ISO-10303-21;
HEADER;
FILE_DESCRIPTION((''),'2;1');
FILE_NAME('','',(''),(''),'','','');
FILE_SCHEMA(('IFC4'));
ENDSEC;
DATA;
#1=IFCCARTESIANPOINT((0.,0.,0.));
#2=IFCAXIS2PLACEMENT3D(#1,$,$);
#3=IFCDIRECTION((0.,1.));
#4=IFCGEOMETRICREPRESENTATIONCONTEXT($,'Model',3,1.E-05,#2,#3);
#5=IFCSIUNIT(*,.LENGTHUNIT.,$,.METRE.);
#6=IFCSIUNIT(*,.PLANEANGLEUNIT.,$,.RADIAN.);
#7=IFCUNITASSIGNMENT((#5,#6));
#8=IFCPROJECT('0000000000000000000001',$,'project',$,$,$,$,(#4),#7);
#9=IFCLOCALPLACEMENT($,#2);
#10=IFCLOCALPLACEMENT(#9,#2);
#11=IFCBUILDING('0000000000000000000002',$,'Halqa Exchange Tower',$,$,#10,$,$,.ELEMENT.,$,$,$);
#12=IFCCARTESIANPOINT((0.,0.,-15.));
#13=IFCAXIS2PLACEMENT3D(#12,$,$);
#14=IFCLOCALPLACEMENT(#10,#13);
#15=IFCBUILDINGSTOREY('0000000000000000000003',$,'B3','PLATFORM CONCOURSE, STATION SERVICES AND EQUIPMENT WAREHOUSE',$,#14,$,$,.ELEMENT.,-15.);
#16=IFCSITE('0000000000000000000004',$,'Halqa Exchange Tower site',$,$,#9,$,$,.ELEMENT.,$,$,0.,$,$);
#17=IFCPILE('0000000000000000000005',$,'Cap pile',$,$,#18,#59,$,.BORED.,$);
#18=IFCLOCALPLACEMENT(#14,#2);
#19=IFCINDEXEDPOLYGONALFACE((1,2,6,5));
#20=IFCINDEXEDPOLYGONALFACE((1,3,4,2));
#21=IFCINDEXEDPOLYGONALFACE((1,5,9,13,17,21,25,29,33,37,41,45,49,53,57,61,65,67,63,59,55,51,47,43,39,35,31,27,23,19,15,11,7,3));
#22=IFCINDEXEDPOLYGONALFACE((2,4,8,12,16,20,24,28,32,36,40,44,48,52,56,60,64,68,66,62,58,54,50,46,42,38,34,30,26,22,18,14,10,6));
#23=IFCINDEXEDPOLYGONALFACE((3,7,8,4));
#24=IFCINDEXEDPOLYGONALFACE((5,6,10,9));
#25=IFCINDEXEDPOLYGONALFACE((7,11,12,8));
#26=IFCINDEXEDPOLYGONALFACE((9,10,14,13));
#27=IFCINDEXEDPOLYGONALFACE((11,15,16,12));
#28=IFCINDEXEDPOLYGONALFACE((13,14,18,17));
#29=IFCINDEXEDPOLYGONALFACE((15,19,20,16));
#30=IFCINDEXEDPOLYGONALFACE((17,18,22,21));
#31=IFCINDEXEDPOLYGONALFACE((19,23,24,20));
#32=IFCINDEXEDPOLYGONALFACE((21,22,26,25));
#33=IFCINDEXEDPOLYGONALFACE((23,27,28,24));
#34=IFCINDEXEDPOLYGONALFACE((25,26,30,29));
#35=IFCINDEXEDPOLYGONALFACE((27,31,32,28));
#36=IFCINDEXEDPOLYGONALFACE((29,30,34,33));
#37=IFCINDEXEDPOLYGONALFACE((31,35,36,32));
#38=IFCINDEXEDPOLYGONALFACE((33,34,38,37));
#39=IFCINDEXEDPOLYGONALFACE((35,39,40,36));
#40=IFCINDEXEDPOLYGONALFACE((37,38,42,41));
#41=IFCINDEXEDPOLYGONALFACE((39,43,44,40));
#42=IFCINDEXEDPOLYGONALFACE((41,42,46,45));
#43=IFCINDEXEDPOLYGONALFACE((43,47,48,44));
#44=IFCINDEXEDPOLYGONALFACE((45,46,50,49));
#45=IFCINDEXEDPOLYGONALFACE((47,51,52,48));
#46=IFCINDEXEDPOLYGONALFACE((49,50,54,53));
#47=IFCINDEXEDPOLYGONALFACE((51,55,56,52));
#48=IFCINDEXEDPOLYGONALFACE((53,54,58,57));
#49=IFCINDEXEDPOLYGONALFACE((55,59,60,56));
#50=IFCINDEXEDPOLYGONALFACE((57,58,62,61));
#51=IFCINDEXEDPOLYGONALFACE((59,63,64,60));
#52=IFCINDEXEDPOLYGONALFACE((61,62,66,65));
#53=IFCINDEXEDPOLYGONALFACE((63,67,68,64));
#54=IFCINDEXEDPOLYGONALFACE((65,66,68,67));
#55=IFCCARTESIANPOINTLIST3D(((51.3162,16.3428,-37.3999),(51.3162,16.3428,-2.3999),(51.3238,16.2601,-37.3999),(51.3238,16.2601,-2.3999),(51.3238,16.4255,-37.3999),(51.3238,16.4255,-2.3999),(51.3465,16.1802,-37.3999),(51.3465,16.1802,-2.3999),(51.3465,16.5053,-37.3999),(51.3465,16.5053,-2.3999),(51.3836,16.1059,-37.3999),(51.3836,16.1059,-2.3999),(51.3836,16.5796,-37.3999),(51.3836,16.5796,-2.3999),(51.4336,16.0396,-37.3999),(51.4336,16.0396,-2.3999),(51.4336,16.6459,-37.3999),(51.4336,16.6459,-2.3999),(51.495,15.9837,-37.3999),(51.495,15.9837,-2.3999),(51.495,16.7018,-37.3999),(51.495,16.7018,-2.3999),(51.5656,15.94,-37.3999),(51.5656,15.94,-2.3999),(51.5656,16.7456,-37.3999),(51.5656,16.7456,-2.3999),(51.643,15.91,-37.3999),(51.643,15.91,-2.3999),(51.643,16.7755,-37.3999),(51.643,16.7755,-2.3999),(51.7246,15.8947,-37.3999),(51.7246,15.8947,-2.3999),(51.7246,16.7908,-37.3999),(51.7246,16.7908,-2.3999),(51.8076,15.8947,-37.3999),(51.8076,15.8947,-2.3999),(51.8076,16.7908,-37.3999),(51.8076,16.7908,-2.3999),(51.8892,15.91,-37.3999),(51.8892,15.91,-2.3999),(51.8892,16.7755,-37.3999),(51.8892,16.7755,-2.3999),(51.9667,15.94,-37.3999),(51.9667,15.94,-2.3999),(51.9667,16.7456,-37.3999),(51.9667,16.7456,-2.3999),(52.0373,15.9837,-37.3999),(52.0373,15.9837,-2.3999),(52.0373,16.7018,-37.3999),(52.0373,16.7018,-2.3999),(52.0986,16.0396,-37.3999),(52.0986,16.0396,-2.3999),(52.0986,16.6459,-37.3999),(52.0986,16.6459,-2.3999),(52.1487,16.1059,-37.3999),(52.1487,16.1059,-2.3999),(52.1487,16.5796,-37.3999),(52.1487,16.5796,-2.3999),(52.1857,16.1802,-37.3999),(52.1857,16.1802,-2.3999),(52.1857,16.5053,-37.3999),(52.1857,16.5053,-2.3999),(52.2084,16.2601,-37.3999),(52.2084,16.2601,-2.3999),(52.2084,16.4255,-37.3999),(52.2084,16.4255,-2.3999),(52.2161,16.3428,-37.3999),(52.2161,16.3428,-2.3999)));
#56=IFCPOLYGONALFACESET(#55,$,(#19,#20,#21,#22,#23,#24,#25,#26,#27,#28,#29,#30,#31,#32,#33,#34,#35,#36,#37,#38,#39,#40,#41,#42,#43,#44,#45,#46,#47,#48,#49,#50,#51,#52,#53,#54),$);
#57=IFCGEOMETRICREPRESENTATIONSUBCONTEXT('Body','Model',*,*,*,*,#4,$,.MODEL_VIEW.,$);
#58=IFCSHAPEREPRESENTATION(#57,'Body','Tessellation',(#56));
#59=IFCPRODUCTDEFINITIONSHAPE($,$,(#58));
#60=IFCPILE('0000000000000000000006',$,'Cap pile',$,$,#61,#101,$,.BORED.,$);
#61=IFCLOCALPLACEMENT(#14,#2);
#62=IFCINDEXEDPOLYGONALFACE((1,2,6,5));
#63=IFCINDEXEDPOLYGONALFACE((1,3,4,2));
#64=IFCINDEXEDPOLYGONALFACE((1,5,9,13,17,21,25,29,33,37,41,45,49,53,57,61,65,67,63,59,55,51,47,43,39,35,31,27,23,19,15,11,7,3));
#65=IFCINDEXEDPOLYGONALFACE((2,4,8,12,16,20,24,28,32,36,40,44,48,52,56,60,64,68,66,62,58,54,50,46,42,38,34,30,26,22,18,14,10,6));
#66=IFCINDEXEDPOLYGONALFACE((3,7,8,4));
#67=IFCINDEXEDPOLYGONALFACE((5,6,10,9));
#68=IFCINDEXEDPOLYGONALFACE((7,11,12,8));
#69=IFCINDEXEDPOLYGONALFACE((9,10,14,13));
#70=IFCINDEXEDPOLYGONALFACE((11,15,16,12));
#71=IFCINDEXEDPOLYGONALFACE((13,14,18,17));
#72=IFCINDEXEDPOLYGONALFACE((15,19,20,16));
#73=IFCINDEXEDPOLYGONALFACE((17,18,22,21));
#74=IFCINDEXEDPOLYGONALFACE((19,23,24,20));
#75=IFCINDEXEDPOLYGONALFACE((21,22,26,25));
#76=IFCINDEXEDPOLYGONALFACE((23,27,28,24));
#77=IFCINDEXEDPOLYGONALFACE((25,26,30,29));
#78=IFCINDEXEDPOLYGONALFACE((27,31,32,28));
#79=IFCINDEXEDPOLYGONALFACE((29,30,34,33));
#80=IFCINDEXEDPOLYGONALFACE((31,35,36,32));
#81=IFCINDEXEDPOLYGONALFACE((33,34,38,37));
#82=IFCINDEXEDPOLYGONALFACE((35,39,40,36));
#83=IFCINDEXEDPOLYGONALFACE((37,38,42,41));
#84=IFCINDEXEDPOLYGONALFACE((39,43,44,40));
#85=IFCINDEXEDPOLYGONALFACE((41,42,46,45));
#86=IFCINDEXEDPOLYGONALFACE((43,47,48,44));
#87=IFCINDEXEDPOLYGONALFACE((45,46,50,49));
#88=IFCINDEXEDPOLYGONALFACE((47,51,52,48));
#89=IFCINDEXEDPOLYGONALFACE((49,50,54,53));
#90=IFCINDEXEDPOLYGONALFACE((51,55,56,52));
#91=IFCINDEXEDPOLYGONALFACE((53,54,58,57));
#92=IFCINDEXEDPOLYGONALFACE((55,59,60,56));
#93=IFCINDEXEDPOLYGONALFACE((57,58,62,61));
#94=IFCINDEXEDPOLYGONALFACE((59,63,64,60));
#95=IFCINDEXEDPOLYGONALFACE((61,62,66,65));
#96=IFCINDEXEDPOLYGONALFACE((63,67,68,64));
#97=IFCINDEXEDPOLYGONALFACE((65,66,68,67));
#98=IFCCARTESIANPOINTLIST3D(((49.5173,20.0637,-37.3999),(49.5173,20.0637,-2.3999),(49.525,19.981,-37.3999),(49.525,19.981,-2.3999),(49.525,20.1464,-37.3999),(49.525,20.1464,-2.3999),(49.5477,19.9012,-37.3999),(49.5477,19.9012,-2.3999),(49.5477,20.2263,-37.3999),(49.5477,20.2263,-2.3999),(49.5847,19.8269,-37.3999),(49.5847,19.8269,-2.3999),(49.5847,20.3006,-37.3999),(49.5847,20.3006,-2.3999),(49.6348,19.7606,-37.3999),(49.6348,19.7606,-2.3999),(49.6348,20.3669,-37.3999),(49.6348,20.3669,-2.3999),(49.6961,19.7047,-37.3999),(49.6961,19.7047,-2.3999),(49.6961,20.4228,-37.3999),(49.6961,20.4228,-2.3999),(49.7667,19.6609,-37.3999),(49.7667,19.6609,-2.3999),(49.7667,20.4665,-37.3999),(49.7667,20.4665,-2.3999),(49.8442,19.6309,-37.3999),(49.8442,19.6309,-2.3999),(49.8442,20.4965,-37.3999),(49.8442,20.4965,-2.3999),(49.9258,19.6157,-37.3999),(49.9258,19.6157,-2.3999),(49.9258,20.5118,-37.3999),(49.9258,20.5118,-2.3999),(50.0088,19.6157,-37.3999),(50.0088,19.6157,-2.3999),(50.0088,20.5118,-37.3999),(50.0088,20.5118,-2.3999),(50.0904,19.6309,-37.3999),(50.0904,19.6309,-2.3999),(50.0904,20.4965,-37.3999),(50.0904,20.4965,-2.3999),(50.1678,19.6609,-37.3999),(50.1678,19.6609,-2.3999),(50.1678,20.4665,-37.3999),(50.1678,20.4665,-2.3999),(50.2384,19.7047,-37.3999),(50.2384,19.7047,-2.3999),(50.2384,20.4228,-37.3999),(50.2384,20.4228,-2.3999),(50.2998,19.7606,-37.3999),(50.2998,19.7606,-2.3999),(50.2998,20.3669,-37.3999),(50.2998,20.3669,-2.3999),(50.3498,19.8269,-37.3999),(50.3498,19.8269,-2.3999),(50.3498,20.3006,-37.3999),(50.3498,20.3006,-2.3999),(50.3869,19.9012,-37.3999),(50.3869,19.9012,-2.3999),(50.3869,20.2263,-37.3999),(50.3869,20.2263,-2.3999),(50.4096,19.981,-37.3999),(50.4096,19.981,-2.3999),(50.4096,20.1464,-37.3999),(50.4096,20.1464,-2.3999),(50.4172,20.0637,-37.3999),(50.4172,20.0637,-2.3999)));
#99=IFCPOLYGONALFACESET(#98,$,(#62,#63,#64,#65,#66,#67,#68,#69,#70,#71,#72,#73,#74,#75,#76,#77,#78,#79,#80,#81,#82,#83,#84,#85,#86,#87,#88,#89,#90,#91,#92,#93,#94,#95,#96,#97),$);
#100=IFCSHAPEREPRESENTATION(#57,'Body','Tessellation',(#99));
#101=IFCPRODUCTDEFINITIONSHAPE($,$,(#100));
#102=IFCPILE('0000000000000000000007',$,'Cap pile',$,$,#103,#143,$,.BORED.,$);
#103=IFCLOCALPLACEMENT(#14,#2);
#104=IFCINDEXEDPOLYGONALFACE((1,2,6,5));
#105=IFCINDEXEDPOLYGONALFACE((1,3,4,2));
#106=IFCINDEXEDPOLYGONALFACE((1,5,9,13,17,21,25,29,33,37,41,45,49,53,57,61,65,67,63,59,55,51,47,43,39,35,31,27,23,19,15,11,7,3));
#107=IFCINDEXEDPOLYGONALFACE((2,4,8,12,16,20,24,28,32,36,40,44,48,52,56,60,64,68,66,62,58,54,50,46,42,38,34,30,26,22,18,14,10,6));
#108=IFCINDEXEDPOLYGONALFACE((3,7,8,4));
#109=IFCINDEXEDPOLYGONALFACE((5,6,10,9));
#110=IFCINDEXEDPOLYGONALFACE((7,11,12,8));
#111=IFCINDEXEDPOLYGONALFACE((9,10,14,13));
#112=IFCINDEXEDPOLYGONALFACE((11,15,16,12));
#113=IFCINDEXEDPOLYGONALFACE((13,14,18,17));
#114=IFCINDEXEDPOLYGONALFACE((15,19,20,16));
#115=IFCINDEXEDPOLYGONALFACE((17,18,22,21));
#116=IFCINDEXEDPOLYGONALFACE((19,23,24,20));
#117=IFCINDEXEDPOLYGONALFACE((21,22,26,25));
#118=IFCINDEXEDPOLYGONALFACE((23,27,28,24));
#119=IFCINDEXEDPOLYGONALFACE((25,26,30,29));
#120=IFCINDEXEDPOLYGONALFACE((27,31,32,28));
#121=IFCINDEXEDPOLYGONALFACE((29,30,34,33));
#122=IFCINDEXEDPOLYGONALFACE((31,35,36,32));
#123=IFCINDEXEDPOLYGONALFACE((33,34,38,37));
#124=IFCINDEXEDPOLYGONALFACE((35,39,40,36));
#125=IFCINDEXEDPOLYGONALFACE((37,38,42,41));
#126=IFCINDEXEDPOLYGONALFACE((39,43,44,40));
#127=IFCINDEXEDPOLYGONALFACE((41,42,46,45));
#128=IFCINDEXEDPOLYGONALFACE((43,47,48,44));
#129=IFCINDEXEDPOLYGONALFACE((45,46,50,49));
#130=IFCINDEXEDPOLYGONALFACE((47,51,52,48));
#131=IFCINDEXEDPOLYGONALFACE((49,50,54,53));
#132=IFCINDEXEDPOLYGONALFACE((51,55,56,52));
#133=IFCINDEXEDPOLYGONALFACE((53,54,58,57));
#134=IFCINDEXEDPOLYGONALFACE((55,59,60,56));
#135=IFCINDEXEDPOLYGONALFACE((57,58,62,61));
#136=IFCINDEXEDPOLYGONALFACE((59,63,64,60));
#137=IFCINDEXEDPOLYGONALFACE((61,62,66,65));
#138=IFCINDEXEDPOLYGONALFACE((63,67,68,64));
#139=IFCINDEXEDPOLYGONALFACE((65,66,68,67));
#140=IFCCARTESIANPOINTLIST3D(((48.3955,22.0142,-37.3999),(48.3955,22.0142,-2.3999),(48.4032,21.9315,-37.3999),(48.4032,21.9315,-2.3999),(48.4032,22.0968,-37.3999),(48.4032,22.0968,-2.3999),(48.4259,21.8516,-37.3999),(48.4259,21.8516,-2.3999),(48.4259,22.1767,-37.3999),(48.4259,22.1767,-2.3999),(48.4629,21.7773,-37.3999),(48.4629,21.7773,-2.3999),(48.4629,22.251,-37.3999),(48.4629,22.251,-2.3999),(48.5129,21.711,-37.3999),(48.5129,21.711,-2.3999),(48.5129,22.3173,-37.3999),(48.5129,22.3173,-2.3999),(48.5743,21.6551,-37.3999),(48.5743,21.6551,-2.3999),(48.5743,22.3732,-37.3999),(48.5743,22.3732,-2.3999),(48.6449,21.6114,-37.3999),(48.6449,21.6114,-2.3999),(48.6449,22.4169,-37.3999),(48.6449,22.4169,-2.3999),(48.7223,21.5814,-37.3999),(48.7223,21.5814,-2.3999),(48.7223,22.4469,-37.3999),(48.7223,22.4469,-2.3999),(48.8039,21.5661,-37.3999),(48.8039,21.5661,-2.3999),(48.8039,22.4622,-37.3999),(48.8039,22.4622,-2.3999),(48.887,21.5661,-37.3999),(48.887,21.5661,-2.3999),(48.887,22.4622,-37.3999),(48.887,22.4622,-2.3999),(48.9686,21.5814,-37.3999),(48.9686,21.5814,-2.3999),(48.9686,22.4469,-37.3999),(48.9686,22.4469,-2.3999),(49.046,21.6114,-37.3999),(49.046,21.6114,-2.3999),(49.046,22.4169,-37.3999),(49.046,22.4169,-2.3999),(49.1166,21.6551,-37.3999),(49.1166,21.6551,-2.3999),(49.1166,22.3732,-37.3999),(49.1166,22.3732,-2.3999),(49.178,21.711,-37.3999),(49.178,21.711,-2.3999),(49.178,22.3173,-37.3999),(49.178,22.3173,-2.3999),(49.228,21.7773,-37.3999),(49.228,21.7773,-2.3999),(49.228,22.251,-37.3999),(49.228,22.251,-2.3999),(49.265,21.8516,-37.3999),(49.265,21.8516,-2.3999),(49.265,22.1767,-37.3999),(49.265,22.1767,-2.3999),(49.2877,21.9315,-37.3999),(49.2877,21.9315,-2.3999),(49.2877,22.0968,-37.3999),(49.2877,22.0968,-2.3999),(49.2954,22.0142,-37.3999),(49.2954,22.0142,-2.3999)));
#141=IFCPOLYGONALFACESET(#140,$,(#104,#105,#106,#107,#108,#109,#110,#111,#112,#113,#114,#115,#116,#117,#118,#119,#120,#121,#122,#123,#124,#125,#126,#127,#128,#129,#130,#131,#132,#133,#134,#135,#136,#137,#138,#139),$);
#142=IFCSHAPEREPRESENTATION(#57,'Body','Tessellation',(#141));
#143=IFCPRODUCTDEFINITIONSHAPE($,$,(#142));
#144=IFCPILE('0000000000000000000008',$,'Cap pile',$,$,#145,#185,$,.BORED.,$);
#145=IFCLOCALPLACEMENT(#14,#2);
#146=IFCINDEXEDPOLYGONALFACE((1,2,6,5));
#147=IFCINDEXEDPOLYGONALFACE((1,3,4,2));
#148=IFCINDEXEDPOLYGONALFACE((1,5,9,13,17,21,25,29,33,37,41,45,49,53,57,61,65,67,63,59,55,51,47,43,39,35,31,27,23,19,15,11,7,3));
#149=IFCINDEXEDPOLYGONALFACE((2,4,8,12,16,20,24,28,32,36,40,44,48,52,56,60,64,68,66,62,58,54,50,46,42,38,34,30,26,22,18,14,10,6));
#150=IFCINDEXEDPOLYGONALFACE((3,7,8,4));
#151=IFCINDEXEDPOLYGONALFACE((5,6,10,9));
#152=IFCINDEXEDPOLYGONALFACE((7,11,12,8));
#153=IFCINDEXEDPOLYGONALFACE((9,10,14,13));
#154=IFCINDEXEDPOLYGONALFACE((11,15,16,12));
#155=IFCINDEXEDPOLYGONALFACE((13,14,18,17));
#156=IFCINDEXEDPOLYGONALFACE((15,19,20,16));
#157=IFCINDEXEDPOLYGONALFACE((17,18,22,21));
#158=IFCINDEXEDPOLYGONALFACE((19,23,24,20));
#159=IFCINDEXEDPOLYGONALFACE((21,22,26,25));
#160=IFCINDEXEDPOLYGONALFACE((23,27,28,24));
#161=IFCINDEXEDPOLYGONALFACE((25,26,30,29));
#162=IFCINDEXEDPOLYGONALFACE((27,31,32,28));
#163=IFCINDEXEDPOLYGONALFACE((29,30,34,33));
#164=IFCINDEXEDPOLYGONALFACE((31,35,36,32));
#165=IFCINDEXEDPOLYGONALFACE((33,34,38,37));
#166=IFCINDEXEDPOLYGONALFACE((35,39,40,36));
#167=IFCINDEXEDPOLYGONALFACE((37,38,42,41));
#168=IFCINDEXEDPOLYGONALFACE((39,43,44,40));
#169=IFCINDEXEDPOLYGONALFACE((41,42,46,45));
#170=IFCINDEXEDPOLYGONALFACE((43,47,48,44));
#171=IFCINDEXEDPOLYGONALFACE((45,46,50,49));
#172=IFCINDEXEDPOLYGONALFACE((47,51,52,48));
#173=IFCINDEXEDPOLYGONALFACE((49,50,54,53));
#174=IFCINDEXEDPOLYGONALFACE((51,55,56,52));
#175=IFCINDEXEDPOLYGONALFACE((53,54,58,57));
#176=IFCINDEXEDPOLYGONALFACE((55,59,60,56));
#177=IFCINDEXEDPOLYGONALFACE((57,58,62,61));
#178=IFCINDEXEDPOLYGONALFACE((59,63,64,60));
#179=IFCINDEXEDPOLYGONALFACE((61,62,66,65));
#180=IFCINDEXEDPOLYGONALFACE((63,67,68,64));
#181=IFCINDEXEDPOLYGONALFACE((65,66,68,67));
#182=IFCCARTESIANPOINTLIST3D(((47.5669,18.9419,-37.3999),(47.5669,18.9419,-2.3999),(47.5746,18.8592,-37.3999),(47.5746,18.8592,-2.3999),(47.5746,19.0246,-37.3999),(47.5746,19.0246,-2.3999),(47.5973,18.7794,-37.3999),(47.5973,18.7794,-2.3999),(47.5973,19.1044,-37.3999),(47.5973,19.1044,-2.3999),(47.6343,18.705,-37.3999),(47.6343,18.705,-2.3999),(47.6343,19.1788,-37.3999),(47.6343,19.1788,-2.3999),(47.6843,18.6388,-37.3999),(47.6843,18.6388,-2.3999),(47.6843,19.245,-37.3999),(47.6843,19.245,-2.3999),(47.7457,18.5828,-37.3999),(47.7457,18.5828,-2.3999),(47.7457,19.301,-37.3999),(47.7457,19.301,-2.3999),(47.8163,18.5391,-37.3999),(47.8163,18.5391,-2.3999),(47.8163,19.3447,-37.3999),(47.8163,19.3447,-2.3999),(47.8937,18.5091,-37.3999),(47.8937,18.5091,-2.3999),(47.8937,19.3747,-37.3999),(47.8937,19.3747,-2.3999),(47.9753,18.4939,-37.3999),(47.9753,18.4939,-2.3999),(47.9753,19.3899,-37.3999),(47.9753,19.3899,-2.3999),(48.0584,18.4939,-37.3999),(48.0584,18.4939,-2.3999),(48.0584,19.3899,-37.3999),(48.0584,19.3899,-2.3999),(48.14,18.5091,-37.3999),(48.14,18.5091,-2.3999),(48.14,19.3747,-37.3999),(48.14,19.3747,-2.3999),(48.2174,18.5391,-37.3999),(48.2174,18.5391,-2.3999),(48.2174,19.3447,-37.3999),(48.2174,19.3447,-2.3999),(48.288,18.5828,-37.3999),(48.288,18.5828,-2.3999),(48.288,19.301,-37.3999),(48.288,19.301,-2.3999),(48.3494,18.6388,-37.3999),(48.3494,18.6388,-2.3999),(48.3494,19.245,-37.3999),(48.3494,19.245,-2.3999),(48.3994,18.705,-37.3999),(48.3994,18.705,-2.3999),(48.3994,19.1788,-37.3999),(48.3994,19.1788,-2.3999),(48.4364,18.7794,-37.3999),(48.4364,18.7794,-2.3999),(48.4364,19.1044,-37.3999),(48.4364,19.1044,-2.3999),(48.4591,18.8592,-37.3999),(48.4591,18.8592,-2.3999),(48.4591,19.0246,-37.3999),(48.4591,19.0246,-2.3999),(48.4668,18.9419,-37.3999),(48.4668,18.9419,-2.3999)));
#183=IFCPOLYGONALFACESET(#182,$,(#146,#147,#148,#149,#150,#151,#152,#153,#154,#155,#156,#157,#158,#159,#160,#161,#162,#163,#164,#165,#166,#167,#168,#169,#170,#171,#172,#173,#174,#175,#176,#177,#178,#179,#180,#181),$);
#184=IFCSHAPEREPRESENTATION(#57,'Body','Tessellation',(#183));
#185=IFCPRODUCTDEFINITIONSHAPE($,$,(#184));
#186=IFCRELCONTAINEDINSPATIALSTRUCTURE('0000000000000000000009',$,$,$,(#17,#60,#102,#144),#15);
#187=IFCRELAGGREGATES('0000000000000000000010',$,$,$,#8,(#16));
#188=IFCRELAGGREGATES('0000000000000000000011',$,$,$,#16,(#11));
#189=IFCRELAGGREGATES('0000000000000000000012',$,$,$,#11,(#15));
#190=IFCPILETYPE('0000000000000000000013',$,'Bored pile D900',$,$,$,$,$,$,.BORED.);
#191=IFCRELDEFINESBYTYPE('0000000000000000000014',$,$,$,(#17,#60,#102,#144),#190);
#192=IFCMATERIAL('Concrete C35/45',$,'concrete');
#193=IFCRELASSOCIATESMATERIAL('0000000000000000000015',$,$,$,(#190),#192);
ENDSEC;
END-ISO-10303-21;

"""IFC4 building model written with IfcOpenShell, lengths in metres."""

from ifc_helpers import new_model, si_unit, direction, frame, origin, origin_2d, place, context, subcontext, project, spatial, circle, extrude, material, material_profile, profile_set, type_object, element, save


model = new_model("IFC4")

# Units and contexts
model_context = context("Model", 3, precision=1e-05, world=origin(), true_north=direction((0.0, 1.0)))
body_context = subcontext(model_context, "Body", "Model", "MODEL_VIEW")
ifc_project = project(units=[si_unit("LENGTHUNIT", "METRE"), si_unit("PLANEANGLEUNIT", "RADIAN")], contexts=[model_context])

# Site, building, storey
site_placement = place(None, origin())
site = spatial("IfcSite", under=ifc_project, at=site_placement, Name="Halqa Exchange Tower site", CompositionType="ELEMENT", RefElevation=0.0)
building_placement = place(site_placement, origin())
building = spatial("IfcBuilding", under=site, at=building_placement, Name="Halqa Exchange Tower", CompositionType="ELEMENT")
storey_placement = place(building_placement, frame((0.0, 0.0, -15.0)))
storey = spatial("IfcBuildingStorey", under=building, at=storey_placement, Name="B3", Description="PLATFORM CONCOURSE, STATION SERVICES AND EQUIPMENT WAREHOUSE", CompositionType="ELEMENT", Elevation=-15.0)

# Piles
ifc_material_1 = material(Name="Concrete C35/45", Category="concrete")
ifc_material_profile_1 = material_profile(ifc_material_1, circle(Radius=0.45, at=origin_2d()), Name="D900")
ifc_profile_set_1 = profile_set([ifc_material_profile_1], Name="Concrete C35/45")
pile_type_1 = type_object("IfcPileType", Name="Bored pile D900", PredefinedType="BORED", material=ifc_profile_set_1)
for number, where, z_axis, x_axis, name in (
    (1, (51.7661, 16.3428, -2.3999), (0.0, 0.0, -1.0), (1.0, 0.0, 0.0), "Cap pile"),
    (2, (49.9673, 20.0637, -2.3999), (0.0, 0.0, -1.0), (1.0, 0.0, 0.0), "Cap pile"),
    (3, (48.8455, 22.0142, -2.3999), (0.0, 0.0, -1.0), (1.0, 0.0, 0.0), "Cap pile"),
    (4, (48.0168, 18.9419, -2.3999), (0.0, 0.0, -1.0), (1.0, 0.0, 0.0), "Cap pile"),
):
    element("IfcPile", number, at=place(storey_placement, frame(where, z_axis=z_axis, x_axis=x_axis)), inside=storey, type_object=pile_type_1, Name=name, PredefinedType="BORED", context=body_context, shape_type="SweptSolid", body=[
        extrude(circle(Radius=0.45, at=origin_2d()), origin(), (0.0, 0.0, 1.0), 35.0),
    ])

save(model, "model.ifc")
